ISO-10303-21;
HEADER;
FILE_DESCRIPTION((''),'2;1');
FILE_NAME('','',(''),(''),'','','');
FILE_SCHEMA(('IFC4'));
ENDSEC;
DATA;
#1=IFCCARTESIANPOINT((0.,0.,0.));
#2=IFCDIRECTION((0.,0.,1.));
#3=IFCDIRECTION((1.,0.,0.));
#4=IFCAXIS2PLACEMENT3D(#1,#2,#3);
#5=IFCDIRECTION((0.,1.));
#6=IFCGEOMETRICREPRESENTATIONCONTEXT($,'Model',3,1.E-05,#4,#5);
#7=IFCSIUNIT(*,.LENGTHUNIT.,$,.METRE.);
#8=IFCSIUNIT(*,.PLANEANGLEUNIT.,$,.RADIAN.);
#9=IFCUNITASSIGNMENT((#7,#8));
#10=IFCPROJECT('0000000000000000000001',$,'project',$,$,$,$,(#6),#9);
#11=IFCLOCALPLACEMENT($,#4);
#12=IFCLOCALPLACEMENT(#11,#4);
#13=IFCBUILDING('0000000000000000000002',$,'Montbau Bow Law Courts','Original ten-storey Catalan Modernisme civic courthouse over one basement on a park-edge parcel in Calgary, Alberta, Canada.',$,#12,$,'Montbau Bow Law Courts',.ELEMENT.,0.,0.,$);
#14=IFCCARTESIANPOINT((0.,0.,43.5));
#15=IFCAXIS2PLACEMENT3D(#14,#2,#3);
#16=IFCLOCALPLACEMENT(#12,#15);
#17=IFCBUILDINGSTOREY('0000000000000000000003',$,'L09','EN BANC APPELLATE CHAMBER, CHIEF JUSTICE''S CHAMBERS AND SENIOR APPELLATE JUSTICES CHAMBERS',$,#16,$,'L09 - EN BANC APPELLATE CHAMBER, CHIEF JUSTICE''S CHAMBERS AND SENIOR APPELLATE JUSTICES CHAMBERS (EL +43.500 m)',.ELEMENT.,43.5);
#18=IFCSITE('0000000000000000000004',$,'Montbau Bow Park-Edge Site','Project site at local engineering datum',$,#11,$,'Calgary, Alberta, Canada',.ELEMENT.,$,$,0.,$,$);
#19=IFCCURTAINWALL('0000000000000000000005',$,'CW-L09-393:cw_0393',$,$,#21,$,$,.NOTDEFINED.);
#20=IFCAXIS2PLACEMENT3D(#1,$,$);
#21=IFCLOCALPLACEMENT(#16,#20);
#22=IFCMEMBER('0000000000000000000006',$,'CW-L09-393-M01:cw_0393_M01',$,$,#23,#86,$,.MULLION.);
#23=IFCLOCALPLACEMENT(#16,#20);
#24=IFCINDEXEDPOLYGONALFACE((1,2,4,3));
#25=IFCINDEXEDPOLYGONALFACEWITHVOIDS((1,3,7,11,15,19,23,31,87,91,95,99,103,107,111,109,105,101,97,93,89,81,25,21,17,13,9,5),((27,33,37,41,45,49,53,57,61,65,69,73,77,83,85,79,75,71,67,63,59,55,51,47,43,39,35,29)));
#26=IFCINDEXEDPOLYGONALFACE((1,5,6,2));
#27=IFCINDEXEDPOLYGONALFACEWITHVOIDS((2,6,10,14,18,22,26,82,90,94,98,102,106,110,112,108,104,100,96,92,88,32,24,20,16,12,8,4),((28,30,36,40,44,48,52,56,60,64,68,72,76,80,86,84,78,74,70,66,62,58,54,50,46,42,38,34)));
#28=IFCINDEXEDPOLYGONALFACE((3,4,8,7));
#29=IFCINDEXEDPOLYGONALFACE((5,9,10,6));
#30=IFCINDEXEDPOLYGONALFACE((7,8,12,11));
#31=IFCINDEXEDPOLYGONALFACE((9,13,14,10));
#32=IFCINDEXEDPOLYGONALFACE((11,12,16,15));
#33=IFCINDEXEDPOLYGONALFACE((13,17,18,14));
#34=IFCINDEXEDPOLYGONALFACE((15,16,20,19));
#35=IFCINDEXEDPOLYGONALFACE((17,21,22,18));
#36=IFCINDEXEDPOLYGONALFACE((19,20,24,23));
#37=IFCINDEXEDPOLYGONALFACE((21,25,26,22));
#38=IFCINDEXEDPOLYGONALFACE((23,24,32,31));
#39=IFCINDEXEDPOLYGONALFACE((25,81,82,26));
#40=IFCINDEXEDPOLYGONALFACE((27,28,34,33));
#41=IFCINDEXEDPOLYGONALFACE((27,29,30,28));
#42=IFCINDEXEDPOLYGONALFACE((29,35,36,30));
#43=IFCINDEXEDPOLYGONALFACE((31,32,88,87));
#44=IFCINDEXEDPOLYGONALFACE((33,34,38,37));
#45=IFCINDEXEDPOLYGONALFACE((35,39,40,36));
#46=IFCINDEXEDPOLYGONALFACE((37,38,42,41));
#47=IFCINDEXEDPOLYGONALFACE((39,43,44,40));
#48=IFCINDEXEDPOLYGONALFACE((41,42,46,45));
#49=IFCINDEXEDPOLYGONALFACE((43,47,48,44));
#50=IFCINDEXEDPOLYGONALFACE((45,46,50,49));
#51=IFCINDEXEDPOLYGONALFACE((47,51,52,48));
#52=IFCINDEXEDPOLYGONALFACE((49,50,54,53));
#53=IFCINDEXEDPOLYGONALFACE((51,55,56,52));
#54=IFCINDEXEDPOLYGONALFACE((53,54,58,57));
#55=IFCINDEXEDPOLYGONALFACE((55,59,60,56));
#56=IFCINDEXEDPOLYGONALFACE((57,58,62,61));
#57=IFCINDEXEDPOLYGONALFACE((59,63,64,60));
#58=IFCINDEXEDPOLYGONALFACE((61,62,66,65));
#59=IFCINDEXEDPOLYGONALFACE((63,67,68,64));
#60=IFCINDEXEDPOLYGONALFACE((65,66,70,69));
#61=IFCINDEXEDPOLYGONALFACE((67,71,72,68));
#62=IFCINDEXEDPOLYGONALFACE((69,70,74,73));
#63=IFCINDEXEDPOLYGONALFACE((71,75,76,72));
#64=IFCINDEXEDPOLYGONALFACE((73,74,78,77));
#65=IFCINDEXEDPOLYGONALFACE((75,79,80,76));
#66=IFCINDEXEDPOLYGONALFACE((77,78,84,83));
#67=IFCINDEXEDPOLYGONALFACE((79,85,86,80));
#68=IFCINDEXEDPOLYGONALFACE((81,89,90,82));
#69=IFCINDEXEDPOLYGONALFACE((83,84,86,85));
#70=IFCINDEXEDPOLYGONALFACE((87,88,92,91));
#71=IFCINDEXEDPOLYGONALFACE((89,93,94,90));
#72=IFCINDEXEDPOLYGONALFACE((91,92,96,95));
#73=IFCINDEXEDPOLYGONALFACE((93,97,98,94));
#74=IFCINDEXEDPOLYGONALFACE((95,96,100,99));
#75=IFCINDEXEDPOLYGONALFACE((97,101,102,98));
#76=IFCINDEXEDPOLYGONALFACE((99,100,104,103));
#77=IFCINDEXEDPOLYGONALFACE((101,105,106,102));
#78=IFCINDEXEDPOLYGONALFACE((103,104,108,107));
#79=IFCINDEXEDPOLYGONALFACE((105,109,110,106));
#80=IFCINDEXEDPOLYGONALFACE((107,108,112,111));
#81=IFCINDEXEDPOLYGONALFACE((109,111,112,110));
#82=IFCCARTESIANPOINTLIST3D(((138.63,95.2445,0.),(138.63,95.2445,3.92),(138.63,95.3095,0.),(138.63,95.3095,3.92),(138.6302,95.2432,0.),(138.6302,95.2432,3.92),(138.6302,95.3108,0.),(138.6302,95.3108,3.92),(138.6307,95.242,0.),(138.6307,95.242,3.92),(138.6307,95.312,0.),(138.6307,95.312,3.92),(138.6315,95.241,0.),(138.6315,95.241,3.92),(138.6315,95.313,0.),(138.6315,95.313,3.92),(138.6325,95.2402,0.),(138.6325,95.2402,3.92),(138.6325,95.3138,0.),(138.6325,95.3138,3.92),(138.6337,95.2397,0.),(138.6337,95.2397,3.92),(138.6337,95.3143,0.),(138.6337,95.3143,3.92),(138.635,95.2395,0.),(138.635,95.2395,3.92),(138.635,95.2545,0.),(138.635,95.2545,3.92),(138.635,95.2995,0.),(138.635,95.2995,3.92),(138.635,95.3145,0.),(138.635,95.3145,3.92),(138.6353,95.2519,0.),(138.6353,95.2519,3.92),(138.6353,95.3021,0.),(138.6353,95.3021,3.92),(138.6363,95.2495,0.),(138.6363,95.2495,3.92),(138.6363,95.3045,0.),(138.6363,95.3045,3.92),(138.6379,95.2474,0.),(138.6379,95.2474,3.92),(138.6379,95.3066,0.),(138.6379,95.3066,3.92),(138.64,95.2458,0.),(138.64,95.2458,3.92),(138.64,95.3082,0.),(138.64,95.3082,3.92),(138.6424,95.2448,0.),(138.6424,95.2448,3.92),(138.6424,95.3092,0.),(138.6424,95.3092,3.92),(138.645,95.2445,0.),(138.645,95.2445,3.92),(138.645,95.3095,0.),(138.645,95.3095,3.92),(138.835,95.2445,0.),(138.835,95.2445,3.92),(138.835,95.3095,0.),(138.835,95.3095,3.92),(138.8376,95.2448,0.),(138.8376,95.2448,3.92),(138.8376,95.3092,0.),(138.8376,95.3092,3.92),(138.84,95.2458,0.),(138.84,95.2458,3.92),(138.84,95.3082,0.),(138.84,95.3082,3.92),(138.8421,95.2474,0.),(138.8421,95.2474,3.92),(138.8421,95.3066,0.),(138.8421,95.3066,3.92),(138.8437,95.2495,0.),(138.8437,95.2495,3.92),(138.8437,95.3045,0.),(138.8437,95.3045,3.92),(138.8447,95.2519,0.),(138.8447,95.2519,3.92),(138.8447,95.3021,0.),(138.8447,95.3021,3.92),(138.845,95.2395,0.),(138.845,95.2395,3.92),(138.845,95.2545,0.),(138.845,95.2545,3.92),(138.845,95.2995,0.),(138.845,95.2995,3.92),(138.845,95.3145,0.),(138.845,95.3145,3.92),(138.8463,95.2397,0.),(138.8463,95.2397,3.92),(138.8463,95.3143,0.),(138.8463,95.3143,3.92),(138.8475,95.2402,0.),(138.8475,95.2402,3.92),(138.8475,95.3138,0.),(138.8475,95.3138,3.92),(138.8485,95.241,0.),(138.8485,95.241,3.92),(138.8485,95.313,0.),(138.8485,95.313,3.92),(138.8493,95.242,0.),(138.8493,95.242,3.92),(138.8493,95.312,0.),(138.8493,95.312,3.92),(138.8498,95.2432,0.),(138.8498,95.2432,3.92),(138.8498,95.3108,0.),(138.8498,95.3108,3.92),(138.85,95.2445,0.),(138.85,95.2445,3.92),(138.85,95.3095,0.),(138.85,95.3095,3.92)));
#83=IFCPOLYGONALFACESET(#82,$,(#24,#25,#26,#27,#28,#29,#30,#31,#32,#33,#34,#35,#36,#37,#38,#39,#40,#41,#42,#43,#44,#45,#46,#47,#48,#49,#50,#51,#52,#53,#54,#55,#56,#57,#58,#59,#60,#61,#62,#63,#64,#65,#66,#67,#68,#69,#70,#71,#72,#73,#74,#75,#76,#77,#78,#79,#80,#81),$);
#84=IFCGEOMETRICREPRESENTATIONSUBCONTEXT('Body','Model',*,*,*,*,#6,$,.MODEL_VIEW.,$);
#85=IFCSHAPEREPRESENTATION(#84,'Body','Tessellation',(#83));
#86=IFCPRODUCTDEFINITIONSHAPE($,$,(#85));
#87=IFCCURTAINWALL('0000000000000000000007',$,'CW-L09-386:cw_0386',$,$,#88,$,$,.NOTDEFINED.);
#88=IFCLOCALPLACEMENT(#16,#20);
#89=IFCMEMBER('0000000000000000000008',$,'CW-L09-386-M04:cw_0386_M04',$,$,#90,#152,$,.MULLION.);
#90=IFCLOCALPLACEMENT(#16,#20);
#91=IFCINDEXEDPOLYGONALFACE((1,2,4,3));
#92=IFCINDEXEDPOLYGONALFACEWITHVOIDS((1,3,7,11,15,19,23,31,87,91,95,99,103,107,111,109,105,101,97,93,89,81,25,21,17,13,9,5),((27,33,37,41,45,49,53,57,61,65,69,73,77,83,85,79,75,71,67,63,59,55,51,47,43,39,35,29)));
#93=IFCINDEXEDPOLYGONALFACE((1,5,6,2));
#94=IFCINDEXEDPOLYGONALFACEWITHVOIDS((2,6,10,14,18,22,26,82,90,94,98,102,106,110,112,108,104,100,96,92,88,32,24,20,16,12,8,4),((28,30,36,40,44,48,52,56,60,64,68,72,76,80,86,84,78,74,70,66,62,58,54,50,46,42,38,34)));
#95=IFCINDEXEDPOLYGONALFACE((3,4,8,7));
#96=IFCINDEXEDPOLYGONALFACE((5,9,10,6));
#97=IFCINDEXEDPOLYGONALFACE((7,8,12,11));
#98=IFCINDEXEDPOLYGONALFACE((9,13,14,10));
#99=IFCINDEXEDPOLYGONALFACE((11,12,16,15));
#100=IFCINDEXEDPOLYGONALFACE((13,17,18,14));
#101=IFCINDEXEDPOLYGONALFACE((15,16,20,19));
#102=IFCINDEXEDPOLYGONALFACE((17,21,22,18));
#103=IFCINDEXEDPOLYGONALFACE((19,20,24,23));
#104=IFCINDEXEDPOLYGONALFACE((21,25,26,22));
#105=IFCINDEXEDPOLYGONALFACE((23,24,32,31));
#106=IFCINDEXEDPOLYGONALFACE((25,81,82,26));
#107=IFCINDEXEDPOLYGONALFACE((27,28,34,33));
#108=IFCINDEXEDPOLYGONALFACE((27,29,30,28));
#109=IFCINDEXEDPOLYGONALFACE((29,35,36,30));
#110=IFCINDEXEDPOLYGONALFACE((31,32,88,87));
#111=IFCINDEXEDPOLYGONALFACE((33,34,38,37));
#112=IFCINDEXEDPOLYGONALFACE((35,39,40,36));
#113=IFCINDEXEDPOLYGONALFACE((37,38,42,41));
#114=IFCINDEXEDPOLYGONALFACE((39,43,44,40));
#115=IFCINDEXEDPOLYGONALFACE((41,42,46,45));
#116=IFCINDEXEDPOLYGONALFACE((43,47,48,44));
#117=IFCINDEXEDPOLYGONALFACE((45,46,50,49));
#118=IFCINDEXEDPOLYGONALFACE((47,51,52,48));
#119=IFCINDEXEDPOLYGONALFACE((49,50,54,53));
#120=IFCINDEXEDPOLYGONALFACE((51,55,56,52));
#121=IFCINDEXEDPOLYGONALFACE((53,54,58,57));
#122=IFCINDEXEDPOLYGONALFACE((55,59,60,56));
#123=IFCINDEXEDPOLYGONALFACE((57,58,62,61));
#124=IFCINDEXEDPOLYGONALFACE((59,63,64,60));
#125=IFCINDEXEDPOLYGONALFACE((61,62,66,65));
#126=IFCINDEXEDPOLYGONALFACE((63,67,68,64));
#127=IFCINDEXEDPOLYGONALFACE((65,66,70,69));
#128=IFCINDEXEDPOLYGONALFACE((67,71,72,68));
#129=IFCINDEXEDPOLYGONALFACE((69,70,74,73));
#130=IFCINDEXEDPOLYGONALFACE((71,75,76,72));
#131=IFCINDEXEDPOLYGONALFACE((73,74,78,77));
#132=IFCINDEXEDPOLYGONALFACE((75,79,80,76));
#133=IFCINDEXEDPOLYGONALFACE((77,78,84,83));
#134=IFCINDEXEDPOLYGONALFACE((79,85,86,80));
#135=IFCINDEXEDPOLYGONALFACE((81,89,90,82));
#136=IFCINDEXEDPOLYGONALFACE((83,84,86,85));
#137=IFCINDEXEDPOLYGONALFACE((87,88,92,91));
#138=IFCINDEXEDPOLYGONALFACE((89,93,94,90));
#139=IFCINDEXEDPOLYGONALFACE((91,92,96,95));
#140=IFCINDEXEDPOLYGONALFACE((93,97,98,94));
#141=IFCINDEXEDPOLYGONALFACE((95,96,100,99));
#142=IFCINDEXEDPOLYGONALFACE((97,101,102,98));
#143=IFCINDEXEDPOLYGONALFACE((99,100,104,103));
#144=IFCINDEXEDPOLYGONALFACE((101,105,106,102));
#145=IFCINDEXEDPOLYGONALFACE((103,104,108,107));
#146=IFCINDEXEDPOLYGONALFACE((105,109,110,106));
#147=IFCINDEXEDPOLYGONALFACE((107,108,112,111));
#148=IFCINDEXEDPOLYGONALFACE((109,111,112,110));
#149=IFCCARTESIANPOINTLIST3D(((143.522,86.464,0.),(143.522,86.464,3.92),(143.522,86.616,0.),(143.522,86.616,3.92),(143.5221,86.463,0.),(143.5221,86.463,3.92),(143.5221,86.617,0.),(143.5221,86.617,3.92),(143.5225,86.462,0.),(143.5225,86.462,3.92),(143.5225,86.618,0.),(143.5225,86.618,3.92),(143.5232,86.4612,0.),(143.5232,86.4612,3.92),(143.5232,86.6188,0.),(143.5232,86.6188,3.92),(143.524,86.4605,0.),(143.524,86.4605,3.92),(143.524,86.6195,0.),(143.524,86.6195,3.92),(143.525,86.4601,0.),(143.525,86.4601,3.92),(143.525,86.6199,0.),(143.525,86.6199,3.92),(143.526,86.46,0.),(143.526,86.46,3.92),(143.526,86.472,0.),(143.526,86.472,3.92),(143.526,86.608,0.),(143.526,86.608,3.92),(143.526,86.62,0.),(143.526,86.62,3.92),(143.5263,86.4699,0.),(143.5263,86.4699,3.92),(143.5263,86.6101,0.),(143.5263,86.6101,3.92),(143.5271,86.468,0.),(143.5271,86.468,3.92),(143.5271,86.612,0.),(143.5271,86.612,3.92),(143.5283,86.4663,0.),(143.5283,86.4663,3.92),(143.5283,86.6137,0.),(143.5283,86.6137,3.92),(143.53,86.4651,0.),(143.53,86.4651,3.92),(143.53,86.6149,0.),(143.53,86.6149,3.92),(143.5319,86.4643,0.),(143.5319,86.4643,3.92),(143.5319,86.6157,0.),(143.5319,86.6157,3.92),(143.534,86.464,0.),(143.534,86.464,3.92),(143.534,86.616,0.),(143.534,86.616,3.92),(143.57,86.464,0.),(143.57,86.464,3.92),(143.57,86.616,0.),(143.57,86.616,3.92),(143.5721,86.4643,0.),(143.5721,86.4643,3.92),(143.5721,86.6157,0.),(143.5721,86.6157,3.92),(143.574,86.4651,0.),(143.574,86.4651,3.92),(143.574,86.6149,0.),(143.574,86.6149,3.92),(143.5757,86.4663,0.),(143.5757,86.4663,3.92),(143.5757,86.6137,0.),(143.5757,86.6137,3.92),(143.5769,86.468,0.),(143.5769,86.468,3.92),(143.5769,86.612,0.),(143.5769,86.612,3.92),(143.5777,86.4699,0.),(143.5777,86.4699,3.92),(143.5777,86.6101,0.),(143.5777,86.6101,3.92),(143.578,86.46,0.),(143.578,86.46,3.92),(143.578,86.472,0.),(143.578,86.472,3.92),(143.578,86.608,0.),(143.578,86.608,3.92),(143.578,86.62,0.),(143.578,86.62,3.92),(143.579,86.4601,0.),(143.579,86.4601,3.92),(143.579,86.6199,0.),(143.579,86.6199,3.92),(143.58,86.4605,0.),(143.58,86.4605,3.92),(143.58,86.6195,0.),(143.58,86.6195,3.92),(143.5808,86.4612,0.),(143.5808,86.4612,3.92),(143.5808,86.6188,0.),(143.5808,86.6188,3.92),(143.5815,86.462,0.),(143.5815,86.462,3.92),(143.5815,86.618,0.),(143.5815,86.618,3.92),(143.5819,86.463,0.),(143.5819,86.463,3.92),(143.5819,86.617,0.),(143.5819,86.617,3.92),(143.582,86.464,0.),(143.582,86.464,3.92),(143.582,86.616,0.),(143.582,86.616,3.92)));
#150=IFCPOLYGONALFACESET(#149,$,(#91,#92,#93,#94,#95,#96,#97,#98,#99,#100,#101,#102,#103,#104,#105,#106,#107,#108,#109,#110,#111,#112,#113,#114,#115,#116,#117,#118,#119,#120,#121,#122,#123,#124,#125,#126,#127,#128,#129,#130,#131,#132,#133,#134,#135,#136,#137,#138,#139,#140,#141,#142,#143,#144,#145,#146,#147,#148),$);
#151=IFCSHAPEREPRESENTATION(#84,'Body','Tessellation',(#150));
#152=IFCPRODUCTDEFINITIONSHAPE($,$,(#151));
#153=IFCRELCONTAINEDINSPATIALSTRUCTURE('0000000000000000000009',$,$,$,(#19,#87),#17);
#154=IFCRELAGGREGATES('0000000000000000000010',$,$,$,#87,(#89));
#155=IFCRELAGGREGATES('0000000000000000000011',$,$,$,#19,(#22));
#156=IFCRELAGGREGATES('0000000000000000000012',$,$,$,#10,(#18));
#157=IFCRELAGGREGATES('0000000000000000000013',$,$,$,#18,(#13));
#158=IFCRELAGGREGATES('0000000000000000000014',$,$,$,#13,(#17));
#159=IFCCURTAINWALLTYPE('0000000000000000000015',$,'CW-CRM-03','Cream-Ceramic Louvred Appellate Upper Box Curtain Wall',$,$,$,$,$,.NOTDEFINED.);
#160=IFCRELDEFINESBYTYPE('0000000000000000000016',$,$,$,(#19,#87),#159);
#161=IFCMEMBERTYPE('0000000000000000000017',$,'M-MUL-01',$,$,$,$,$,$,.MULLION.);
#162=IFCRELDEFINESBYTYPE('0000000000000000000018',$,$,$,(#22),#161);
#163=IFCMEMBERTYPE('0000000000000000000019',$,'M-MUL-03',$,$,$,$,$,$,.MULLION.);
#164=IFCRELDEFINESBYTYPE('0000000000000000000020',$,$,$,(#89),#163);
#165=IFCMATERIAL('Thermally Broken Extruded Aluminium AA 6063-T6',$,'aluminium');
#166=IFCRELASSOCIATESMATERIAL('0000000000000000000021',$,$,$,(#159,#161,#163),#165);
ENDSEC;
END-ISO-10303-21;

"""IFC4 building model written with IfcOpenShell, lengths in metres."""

from ifc_helpers import new_model, si_unit, direction, frame, origin_with_axes, origin_2d_with_axis, place, context, subcontext, project, spatial, hollow_rectangle, extrude, material, material_profile, profile_set, type_object, element, aggregate, save


model = new_model("IFC4")

# Units and contexts
model_context = context("Model", 3, precision=1e-05, world=origin_with_axes(), true_north=direction((0.0, 1.0)))
body_context = subcontext(model_context, "Body", "Model", "MODEL_VIEW")
ifc_project = project(units=[si_unit("LENGTHUNIT", "METRE"), si_unit("PLANEANGLEUNIT", "RADIAN")], contexts=[model_context])

# Site, building, storey
site_placement = place(None, origin_with_axes())
site = spatial("IfcSite", under=ifc_project, at=site_placement, Name="Montbau Bow Park-Edge Site", Description="Project site at local engineering datum", LongName="Calgary, Alberta, Canada", CompositionType="ELEMENT", RefElevation=0.0)
building_placement = place(site_placement, origin_with_axes())
building = spatial("IfcBuilding", under=site, at=building_placement, Name="Montbau Bow Law Courts", Description="Original ten-storey Catalan Modernisme civic courthouse over one basement on a park-edge parcel in Calgary, Alberta, Canada.", LongName="Montbau Bow Law Courts", CompositionType="ELEMENT", ElevationOfRefHeight=0.0, ElevationOfTerrain=0.0)
storey_placement = place(building_placement, frame((0.0, 0.0, 43.5), z_axis=(0.0, 0.0, 1.0), x_axis=(1.0, 0.0, 0.0)))
storey = spatial("IfcBuildingStorey", under=building, at=storey_placement, Name="L09", Description="EN BANC APPELLATE CHAMBER, CHIEF JUSTICE'S CHAMBERS AND SENIOR APPELLATE JUSTICES CHAMBERS", LongName="L09 - EN BANC APPELLATE CHAMBER, CHIEF JUSTICE'S CHAMBERS AND SENIOR APPELLATE JUSTICES CHAMBERS (EL +43.500 m)", CompositionType="ELEMENT", Elevation=43.5)

# Curtain wall, member
ifc_material_1 = material(Name="Thermally Broken Extruded Aluminium AA 6063-T6", Category="aluminium")
curtain_wall_type = type_object("IfcCurtainWallType", Name="CW-CRM-03", Description="Cream-Ceramic Louvred Appellate Upper Box Curtain Wall", PredefinedType="NOTDEFINED", material=ifc_material_1)
curtain_wall_1_placement = place(None, frame((138.74, 95.24, 43.5), z_axis=(0.0, 0.0, 1.0), x_axis=(1.0, 0.0, 0.0)))
curtain_wall_1 = element("IfcCurtainWall", 1, at=curtain_wall_1_placement, inside=storey, type_object=curtain_wall_type, Name="CW-L09-393:cw_0393", PredefinedType="NOTDEFINED")
ifc_material_profile_1 = material_profile(ifc_material_1, hollow_rectangle(XDim=0.075, YDim=0.22, WallThickness=0.005, InnerFilletRadius=0.01, OuterFilletRadius=0.005, at=origin_2d_with_axis()), Name="CWM-220X75", Category="Main", Priority=0)
ifc_profile_set_1 = profile_set([ifc_material_profile_1], Name="Thermally Broken Extruded Aluminium AA 6063-T6")
member_type_1 = type_object("IfcMemberType", Name="M-MUL-01", PredefinedType="MULLION", material=ifc_profile_set_1)
member_1_placement = place(None, frame((138.74, 95.277, 43.5), z_axis=(0.0, 0.0, 1.0), x_axis=(0.0, 1.0, 0.0)))
member_1 = element("IfcMember", 2, at=member_1_placement, type_object=member_type_1, Name="CW-L09-393-M01:cw_0393_M01", PredefinedType="MULLION", context=body_context, shape_type="SweptSolid", body=[
    extrude(hollow_rectangle(XDim=0.075, YDim=0.22, WallThickness=0.005, InnerFilletRadius=0.01, OuterFilletRadius=0.005, at=origin_2d_with_axis()), origin_with_axes(), (0.0, 0.0, 1.0), 3.92),
])

# Curtain wall, member
curtain_wall_2_placement = place(None, frame((139.04, 86.54, 43.5), z_axis=(0.0, 0.0, 1.0), x_axis=(1.0, 0.0, 0.0)))
curtain_wall_2 = element("IfcCurtainWall", 3, at=curtain_wall_2_placement, inside=storey, type_object=curtain_wall_type, Name="CW-L09-386:cw_0386", PredefinedType="NOTDEFINED")
ifc_material_profile_2 = material_profile(ifc_material_1, hollow_rectangle(XDim=0.06, YDim=0.16, WallThickness=0.004, InnerFilletRadius=0.008, OuterFilletRadius=0.004, at=origin_2d_with_axis()), Name="CWM-160X60", Category="Main", Priority=0)
ifc_profile_set_2 = profile_set([ifc_material_profile_2], Name="Thermally Broken Extruded Aluminium AA 6063-T6")
member_type_2 = type_object("IfcMemberType", Name="M-MUL-03", PredefinedType="MULLION", material=ifc_profile_set_2)
member_2_placement = place(None, frame((143.552, 86.54, 43.5), z_axis=(0.0, 0.0, 1.0), x_axis=(1.0, 0.0, 0.0)))
member_2 = element("IfcMember", 4, at=member_2_placement, type_object=member_type_2, Name="CW-L09-386-M04:cw_0386_M04", PredefinedType="MULLION", context=body_context, shape_type="SweptSolid", body=[
    extrude(hollow_rectangle(XDim=0.06, YDim=0.16, WallThickness=0.004, InnerFilletRadius=0.008, OuterFilletRadius=0.004, at=origin_2d_with_axis()), origin_with_axes(), (0.0, 0.0, 1.0), 3.92),
])

aggregate(curtain_wall_2, [member_2])
aggregate(curtain_wall_1, [member_1])

save(model, "model.ifc")
